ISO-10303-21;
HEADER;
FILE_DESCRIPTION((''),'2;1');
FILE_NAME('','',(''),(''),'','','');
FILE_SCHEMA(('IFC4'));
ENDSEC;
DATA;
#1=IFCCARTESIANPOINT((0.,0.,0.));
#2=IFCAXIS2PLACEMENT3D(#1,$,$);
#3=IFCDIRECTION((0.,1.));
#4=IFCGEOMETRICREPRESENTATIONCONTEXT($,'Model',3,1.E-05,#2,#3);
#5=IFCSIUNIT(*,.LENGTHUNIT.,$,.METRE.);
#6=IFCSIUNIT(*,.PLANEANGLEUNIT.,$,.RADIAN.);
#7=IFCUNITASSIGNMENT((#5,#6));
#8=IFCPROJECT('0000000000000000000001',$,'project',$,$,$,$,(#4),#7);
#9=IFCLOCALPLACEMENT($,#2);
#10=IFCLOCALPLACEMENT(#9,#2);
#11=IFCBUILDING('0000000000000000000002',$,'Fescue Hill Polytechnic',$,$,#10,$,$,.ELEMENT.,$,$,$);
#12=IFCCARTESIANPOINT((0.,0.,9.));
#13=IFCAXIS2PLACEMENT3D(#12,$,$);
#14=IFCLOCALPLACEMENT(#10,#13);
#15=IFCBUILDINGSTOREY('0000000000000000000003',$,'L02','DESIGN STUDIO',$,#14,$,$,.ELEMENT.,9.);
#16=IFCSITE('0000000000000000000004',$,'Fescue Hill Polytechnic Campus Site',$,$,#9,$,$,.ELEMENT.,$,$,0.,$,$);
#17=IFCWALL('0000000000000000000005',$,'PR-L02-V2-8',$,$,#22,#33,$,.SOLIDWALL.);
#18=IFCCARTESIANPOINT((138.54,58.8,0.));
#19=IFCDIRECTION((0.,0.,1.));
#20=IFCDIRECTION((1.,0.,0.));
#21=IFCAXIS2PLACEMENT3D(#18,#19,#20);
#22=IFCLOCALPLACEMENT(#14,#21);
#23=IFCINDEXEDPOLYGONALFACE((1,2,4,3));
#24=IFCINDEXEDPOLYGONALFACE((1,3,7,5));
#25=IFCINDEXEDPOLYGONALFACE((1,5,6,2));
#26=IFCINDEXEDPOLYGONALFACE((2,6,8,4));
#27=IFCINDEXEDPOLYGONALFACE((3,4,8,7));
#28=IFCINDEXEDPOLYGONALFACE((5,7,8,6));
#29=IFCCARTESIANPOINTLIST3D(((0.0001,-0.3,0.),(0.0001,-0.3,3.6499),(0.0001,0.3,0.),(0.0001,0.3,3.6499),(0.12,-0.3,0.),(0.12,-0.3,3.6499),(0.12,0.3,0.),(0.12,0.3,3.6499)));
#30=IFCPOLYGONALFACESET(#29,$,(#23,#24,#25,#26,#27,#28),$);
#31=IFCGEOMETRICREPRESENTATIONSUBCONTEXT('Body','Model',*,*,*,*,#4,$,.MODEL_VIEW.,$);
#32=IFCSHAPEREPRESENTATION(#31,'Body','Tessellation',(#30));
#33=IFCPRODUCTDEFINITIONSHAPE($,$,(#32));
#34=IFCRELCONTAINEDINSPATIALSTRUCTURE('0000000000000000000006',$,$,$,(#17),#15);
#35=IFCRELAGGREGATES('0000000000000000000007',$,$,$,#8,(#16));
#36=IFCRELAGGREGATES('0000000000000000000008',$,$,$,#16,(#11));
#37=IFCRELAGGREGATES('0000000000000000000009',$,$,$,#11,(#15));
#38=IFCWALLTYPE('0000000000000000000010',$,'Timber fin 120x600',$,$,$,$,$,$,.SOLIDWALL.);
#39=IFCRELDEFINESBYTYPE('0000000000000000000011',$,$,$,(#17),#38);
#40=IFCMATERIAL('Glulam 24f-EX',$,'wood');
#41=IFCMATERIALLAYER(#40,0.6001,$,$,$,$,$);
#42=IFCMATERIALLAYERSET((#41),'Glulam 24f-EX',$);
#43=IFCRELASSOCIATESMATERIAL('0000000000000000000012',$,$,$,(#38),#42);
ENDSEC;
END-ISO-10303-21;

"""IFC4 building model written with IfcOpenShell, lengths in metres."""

from ifc_helpers import new_model, si_unit, direction, frame, frame_2d, origin, place, context, subcontext, project, spatial, rectangle, extrude, material, layer, layer_set, type_object, element, save


model = new_model("IFC4")

# Units and contexts
model_context = context("Model", 3, precision=1e-05, world=origin(), true_north=direction((0.0, 1.0)))
body_context = subcontext(model_context, "Body", "Model", "MODEL_VIEW")
ifc_project = project(units=[si_unit("LENGTHUNIT", "METRE"), si_unit("PLANEANGLEUNIT", "RADIAN")], contexts=[model_context])

# Site, building, storey
site_placement = place(None, origin())
site = spatial("IfcSite", under=ifc_project, at=site_placement, Name="Fescue Hill Polytechnic Campus Site", CompositionType="ELEMENT", RefElevation=0.0)
building_placement = place(site_placement, origin())
building = spatial("IfcBuilding", under=site, at=building_placement, Name="Fescue Hill Polytechnic", CompositionType="ELEMENT")
storey_placement = place(building_placement, frame((0.0, 0.0, 9.0)))
storey = spatial("IfcBuildingStorey", under=building, at=storey_placement, Name="L02", Description="DESIGN STUDIO", CompositionType="ELEMENT", Elevation=9.0)

# Wall
ifc_material_1 = material(Name="Glulam 24f-EX", Category="wood")
ifc_layer_1 = layer(ifc_material_1, 0.6001)
ifc_layer_set_1 = layer_set([ifc_layer_1], Name="Glulam 24f-EX")
wall_type_1 = type_object("IfcWallType", Name="Timber fin 120x600", PredefinedType="SOLIDWALL", material=ifc_layer_set_1)
wall_1_placement = place(storey_placement, frame((138.54, 58.8, 0.0), z_axis=(0.0, 0.0, 1.0), x_axis=(1.0, 0.0, 0.0)))
element("IfcWall", 1, at=wall_1_placement, inside=storey, type_object=wall_type_1, Name="PR-L02-V2-8", PredefinedType="SOLIDWALL", context=body_context, shape_type="SweptSolid", body=[
    extrude(rectangle(XDim=0.1199, YDim=0.6001, at=frame_2d((0.0601, 0.0))), origin(), (0.0, 0.0, 1.0), 3.6499),
])

save(model, "model.ifc")
